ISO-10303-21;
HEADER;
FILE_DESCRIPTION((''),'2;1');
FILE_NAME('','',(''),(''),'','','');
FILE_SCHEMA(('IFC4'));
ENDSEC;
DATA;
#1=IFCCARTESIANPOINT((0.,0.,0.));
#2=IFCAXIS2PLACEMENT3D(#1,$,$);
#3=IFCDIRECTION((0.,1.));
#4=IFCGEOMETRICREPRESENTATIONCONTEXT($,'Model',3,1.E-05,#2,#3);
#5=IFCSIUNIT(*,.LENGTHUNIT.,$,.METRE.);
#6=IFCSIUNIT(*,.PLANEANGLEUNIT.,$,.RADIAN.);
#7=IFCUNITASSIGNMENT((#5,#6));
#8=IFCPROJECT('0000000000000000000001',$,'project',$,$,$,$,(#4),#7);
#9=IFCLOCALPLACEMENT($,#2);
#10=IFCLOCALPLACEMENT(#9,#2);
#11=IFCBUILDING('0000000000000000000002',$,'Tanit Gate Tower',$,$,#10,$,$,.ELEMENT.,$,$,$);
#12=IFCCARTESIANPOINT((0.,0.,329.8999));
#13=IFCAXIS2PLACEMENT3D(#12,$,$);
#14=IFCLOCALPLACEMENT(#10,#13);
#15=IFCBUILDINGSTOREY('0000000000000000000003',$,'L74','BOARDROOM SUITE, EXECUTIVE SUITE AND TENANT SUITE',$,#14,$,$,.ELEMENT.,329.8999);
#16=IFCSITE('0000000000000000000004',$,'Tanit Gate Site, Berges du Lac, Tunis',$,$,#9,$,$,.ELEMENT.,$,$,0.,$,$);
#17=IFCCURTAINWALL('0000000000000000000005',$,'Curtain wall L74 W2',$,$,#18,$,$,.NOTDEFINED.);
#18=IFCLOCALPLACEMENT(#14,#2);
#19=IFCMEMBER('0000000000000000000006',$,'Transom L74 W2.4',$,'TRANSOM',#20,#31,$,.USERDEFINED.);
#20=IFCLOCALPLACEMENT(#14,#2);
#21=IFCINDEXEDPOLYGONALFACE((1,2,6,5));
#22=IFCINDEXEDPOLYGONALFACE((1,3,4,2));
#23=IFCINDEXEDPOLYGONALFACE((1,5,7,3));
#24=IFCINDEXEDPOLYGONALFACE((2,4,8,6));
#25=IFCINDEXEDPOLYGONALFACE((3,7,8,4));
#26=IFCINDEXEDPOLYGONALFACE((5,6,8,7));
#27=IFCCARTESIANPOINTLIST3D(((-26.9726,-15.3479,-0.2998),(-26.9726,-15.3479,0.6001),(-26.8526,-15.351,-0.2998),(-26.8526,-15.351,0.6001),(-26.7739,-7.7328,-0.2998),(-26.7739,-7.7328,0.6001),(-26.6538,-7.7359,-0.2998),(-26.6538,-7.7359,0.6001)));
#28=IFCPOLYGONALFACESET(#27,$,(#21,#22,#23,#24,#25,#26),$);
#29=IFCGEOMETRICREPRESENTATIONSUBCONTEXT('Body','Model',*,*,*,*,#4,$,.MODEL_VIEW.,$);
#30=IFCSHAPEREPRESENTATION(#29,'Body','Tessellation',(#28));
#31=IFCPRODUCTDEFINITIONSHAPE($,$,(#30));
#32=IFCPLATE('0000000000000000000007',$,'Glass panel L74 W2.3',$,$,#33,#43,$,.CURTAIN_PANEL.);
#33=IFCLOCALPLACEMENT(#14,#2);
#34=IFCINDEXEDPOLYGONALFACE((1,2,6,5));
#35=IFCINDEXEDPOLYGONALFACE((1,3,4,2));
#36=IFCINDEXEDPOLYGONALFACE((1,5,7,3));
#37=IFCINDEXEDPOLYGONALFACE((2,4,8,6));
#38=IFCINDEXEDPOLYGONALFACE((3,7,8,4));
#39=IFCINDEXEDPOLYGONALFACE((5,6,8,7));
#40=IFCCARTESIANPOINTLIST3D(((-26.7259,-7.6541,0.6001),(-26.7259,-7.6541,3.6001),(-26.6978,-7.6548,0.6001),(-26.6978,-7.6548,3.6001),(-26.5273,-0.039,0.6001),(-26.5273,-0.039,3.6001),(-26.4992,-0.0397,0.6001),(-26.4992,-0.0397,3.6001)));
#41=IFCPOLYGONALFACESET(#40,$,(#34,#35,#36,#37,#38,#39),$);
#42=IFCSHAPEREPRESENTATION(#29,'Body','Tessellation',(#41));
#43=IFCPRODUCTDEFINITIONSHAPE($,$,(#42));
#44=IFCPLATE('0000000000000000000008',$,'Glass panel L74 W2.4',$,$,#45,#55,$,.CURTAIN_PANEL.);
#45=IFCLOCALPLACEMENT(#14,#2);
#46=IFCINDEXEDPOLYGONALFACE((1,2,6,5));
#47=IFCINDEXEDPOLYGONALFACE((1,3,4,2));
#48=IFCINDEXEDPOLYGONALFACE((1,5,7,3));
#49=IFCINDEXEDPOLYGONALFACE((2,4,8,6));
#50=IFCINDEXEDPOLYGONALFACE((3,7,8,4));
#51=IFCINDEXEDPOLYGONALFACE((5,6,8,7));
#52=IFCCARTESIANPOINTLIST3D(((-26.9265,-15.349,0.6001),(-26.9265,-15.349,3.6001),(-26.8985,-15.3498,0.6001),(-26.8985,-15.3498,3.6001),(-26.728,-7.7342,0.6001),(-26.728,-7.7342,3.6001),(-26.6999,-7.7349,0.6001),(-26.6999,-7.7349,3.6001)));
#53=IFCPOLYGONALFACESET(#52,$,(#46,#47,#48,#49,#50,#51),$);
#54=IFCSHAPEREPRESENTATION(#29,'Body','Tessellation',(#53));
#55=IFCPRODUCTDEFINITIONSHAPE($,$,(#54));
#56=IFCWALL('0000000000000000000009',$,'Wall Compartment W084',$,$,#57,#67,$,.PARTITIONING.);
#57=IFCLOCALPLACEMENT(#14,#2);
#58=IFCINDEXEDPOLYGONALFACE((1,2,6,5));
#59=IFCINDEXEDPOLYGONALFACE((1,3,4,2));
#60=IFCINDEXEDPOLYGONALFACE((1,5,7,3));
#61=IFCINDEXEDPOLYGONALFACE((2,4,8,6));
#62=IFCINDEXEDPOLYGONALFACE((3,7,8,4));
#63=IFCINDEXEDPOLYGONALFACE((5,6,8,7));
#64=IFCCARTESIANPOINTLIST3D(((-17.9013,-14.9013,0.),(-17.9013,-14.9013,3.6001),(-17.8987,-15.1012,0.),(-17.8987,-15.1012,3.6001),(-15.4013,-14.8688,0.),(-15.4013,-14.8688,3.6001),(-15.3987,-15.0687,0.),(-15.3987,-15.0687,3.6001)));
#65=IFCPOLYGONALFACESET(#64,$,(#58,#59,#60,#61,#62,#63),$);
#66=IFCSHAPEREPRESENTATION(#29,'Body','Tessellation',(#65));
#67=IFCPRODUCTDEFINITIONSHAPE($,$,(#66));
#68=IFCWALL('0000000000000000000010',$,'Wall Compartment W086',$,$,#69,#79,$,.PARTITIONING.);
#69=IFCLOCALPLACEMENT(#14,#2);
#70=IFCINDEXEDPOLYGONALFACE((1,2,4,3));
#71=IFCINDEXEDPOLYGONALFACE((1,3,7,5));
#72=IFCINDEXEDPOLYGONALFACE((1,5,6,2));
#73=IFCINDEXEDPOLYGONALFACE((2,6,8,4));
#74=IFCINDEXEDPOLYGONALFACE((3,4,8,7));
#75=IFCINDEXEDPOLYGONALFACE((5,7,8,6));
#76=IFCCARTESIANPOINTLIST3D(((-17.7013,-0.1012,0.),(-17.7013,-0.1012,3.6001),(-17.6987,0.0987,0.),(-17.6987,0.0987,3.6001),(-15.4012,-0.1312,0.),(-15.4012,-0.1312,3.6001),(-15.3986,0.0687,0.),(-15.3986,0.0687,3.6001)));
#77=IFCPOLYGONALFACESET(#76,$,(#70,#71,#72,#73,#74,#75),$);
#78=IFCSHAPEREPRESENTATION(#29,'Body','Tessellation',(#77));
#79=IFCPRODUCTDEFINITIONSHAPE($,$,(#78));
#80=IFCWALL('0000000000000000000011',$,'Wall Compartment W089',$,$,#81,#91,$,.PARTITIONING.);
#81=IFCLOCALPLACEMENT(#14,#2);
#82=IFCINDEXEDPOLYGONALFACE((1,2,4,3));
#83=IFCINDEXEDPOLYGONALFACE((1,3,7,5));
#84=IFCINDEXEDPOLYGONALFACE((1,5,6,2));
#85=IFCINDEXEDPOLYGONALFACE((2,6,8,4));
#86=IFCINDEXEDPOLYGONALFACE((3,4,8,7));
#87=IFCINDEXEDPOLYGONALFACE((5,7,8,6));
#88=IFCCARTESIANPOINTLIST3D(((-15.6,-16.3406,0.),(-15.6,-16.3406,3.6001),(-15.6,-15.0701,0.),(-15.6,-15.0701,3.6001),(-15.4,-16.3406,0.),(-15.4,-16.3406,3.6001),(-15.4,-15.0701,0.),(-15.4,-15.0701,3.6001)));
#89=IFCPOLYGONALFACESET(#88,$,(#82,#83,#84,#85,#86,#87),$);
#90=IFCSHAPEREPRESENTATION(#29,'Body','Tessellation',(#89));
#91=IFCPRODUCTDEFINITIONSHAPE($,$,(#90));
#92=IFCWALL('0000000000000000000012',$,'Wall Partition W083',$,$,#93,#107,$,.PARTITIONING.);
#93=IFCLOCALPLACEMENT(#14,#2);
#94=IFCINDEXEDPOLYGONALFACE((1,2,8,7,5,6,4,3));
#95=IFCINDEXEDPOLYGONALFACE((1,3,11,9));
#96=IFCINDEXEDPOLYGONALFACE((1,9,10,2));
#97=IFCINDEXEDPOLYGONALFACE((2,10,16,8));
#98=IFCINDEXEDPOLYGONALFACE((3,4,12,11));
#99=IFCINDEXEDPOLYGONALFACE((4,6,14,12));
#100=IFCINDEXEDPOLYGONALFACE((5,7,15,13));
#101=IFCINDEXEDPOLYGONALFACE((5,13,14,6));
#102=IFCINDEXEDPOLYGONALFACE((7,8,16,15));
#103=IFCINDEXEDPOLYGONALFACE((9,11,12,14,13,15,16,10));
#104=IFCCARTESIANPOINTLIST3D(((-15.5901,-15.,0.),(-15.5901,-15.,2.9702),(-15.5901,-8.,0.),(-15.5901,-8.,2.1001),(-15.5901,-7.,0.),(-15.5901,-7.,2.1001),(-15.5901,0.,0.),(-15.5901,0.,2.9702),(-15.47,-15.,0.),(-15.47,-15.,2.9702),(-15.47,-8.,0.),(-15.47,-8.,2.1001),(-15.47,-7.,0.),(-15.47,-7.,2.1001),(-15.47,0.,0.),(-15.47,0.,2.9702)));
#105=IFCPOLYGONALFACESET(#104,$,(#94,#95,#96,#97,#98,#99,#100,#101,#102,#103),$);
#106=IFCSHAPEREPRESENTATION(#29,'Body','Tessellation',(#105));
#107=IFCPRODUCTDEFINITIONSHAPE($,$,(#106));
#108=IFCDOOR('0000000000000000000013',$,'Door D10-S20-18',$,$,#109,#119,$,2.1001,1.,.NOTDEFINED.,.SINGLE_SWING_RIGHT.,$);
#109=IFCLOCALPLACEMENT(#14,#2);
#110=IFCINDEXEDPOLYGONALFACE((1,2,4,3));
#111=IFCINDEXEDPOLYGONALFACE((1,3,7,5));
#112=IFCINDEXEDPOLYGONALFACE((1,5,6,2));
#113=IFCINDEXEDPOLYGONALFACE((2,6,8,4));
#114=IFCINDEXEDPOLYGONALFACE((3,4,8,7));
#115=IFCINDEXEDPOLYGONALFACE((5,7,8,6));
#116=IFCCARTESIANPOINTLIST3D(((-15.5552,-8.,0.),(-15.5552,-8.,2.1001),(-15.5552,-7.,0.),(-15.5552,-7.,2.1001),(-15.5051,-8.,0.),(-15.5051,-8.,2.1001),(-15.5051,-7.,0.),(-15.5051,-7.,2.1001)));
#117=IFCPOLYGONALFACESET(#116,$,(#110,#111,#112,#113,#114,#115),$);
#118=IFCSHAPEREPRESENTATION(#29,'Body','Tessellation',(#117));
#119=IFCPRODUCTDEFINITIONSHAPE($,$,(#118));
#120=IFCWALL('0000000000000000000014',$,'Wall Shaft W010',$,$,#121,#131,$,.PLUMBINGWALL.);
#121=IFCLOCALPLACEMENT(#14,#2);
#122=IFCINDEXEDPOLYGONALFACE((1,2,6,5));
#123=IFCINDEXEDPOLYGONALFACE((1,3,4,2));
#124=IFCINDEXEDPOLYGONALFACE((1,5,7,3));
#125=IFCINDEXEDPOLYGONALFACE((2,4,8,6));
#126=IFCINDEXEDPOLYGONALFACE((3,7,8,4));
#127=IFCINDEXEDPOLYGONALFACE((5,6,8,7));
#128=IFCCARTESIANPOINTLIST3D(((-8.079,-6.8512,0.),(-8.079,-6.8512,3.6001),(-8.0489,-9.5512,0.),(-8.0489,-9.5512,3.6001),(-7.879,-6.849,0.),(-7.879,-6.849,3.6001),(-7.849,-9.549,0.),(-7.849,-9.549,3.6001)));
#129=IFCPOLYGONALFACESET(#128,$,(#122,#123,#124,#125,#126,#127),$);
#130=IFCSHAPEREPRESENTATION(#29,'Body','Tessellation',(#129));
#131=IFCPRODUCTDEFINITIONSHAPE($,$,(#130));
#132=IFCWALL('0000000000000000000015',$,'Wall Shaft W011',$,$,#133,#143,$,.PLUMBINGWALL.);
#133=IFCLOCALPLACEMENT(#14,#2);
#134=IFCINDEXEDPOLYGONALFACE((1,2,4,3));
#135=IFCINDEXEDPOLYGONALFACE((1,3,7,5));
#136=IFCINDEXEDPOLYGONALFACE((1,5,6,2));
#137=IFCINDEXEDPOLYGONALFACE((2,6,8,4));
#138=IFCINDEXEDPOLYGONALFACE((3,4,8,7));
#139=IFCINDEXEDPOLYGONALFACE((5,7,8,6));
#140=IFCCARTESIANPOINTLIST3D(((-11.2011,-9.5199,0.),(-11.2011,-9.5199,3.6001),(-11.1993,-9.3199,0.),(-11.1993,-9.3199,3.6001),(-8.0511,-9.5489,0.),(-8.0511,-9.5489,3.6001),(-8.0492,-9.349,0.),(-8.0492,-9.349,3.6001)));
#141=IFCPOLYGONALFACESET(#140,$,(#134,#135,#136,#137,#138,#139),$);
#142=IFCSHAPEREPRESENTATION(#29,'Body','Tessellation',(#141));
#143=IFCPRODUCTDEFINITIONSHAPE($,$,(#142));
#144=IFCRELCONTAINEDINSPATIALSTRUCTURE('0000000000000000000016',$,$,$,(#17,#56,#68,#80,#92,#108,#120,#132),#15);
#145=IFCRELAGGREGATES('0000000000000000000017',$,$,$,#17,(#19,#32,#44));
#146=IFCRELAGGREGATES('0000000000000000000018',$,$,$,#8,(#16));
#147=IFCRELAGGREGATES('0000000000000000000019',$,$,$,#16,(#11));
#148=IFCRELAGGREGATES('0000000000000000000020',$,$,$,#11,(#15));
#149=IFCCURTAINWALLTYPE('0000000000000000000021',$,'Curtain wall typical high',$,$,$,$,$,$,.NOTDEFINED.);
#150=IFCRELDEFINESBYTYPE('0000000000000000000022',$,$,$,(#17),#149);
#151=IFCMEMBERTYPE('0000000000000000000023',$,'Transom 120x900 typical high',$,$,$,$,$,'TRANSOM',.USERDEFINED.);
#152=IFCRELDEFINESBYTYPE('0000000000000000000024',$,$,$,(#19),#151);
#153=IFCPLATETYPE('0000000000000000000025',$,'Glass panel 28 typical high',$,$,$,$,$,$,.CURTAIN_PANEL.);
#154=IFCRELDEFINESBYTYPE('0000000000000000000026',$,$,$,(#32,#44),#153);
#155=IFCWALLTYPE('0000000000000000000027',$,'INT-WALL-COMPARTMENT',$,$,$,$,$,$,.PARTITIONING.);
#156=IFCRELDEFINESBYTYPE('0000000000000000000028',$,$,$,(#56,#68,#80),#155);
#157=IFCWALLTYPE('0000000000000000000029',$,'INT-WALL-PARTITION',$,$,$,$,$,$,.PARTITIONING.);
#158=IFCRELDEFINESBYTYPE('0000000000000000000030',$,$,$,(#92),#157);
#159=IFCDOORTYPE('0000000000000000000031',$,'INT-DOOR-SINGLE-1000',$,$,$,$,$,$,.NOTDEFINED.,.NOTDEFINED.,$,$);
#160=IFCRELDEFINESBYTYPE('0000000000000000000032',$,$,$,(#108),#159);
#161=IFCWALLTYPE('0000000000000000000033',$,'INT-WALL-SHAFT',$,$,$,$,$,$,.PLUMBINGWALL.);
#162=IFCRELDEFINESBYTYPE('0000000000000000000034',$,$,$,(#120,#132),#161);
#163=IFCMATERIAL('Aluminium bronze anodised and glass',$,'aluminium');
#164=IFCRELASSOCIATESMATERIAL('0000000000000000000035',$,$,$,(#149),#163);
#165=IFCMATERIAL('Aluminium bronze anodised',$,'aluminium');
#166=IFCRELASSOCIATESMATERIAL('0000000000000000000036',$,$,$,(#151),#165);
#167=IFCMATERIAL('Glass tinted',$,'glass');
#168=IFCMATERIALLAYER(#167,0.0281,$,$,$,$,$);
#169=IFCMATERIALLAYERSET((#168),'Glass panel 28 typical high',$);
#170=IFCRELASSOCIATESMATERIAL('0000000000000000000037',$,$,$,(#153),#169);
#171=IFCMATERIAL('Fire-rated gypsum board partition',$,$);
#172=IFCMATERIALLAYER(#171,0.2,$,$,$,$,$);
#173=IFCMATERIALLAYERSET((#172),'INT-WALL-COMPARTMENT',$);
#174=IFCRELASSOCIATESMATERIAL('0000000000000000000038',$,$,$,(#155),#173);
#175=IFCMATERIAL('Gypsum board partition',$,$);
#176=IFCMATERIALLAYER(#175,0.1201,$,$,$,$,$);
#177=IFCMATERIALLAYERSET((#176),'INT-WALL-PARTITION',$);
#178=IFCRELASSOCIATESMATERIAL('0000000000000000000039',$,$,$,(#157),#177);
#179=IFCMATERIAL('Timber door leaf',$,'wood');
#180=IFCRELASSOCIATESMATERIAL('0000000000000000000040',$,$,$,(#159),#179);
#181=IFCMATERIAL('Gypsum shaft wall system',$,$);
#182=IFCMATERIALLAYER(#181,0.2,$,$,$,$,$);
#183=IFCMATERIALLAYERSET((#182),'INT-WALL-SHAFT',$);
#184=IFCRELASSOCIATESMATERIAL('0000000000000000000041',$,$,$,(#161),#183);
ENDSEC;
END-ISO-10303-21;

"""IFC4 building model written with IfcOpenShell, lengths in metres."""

from ifc_helpers import new_model, si_unit, direction, frame, frame_2d, origin, origin_2d, place, context, subcontext, project, spatial, rectangle, extrude, material, layer, layer_set, material_profile, profile_set, type_object, element, fill, aggregate, save


model = new_model("IFC4")

# Units and contexts
model_context = context("Model", 3, precision=1e-05, world=origin(), true_north=direction((0.0, 1.0)))
body_context = subcontext(model_context, "Body", "Model", "MODEL_VIEW")
ifc_project = project(units=[si_unit("LENGTHUNIT", "METRE"), si_unit("PLANEANGLEUNIT", "RADIAN")], contexts=[model_context])

# Site, building, storey
site_placement = place(None, origin())
site = spatial("IfcSite", under=ifc_project, at=site_placement, Name="Tanit Gate Site, Berges du Lac, Tunis", CompositionType="ELEMENT", RefElevation=0.0)
building_placement = place(site_placement, origin())
building = spatial("IfcBuilding", under=site, at=building_placement, Name="Tanit Gate Tower", CompositionType="ELEMENT")
storey_placement = place(building_placement, frame((0.0, 0.0, 329.8999)))
storey = spatial("IfcBuildingStorey", under=building, at=storey_placement, Name="L74", Description="BOARDROOM SUITE, EXECUTIVE SUITE AND TENANT SUITE", CompositionType="ELEMENT", Elevation=329.8999)

# Curtain wall
ifc_material_1 = material(Name="Aluminium bronze anodised and glass", Category="aluminium")
curtain_wall_type = type_object("IfcCurtainWallType", Name="Curtain wall typical high", PredefinedType="NOTDEFINED", material=ifc_material_1)
curtain_wall_placement = place(storey_placement, origin())
curtain_wall = element("IfcCurtainWall", 1, at=curtain_wall_placement, inside=storey, type_object=curtain_wall_type, Name="Curtain wall L74 W2", PredefinedType="NOTDEFINED")

# Member
ifc_material_2 = material(Name="Aluminium bronze anodised", Category="aluminium")
ifc_material_profile_1 = material_profile(ifc_material_2, rectangle(XDim=0.1201, YDim=0.8999, at=origin_2d()), Name="120x900 bronze transom")
ifc_profile_set_1 = profile_set([ifc_material_profile_1], Name="Aluminium bronze anodised")
member_type_1 = type_object("IfcMemberType", Name="Transom 120x900 typical high", ElementType="TRANSOM", PredefinedType="USERDEFINED", material=ifc_profile_set_1)
member_1_placement = place(storey_placement, frame((-26.7139, -7.7344, 0.1501), z_axis=(-0.026088, -0.99966, 0.0), x_axis=(0.99966, -0.026088, 0.0)))
member_1 = element("IfcMember", 2, at=member_1_placement, type_object=member_type_1, Name="Transom L74 W2.4", ObjectType="TRANSOM", PredefinedType="USERDEFINED", context=body_context, shape_type="SweptSolid", body=[
    extrude(rectangle(XDim=0.1201, YDim=0.8999, at=origin_2d()), origin(), (0.0, 0.0, 1.0), 7.6177),
])

# Plates
ifc_material_3 = material(Name="Glass tinted", Category="glass")
ifc_layer_1 = layer(ifc_material_3, 0.0281)
ifc_layer_set_1 = layer_set([ifc_layer_1], Name="Glass panel 28 typical high")
plate_type = type_object("IfcPlateType", Name="Glass panel 28 typical high", PredefinedType="CURTAIN_PANEL", material=ifc_layer_set_1)
plate_1_placement = place(storey_placement, frame((-26.6125, -3.8469, 0.6001), z_axis=(0.0, 0.0, 1.0), x_axis=(-0.026063, -0.99966, 0.0)))
plate_1 = element("IfcPlate", 3, at=plate_1_placement, type_object=plate_type, Name="Glass panel L74 W2.3", PredefinedType="CURTAIN_PANEL", context=body_context, shape_type="SweptSolid", body=[
    extrude(rectangle(XDim=7.6177, YDim=0.0281, at=origin_2d()), origin(), (0.0, 0.0, 1.0), 3.0),
])
plate_2_placement = place(storey_placement, frame((-26.8132, -11.542, 0.6001), z_axis=(0.0, 0.0, 1.0), x_axis=(-0.026063, -0.99966, 0.0)))
plate_2 = element("IfcPlate", 4, at=plate_2_placement, type_object=plate_type, Name="Glass panel L74 W2.4", PredefinedType="CURTAIN_PANEL", context=body_context, shape_type="SweptSolid", body=[
    extrude(rectangle(XDim=7.6174, YDim=0.0281, at=origin_2d()), origin(), (0.0, 0.0, 1.0), 3.0),
])
aggregate(curtain_wall, [member_1, plate_1, plate_2])

# Walls
ifc_material_4 = material(Name="Fire-rated gypsum board partition")
ifc_layer_2 = layer(ifc_material_4, 0.2)
ifc_layer_set_2 = layer_set([ifc_layer_2], Name="INT-WALL-COMPARTMENT")
wall_type_1 = type_object("IfcWallType", Name="INT-WALL-COMPARTMENT", PredefinedType="PARTITIONING", material=ifc_layer_set_2)
wall_1_placement = place(storey_placement, frame((-17.8999, -15.0012, 0.0), z_axis=(0.0, 0.0, 1.0), x_axis=(0.999916, 0.012987, 0.0)))
element("IfcWall", 5, at=wall_1_placement, inside=storey, type_object=wall_type_1, Name="Wall Compartment W084", PredefinedType="PARTITIONING", context=body_context, shape_type="SweptSolid", body=[
    extrude(rectangle(XDim=2.5002, YDim=0.2, at=frame_2d((1.25, 0.0))), origin(), (0.0, 0.0, 1.0), 3.6001),
])
wall_2_placement = place(storey_placement, frame((-15.3999, -0.0312, 0.0), z_axis=(0.0, 0.0, 1.0), x_axis=(-0.999915, 0.013055, 0.0)))
element("IfcWall", 6, at=wall_2_placement, inside=storey, type_object=wall_type_1, Name="Wall Compartment W086", PredefinedType="PARTITIONING", context=body_context, shape_type="SweptSolid", body=[
    extrude(rectangle(XDim=2.3003, YDim=0.2, at=frame_2d((1.1501, 0.0))), origin(), (0.0, 0.0, 1.0), 3.6001),
])
wall_3_placement = place(storey_placement, frame((-15.5, -15.0701, 0.0), z_axis=(0.0, 0.0, 1.0), x_axis=(0.0, -1.0, 0.0)))
element("IfcWall", 7, at=wall_3_placement, inside=storey, type_object=wall_type_1, Name="Wall Compartment W089", PredefinedType="PARTITIONING", context=body_context, shape_type="SweptSolid", body=[
    extrude(rectangle(XDim=1.2705, YDim=0.2, at=frame_2d((0.6353, 0.0))), origin(), (0.0, 0.0, 1.0), 3.6001),
])

# Wall, opening, door
ifc_material_5 = material(Name="Gypsum board partition")
ifc_layer_3 = layer(ifc_material_5, 0.1201)
ifc_layer_set_3 = layer_set([ifc_layer_3], Name="INT-WALL-PARTITION")
wall_type_2 = type_object("IfcWallType", Name="INT-WALL-PARTITION", PredefinedType="PARTITIONING", material=ifc_layer_set_3)
wall_4_placement = place(storey_placement, frame((-15.53, 0.0, 0.0), z_axis=(0.0, 0.0, 1.0), x_axis=(0.0, -1.0, 0.0)))
wall_4 = element("IfcWall", 8, at=wall_4_placement, inside=storey, type_object=wall_type_2, Name="Wall Partition W083", PredefinedType="PARTITIONING", context=body_context, shape_type="SweptSolid", body=[
    extrude(rectangle(XDim=15.0, YDim=0.1201, at=frame_2d((7.5, 0.0))), origin(), (0.0, 0.0, 1.0), 2.9702),
])
opening_placement = place(wall_4_placement, frame((7.0, 0.0, 0.0)))
opening = element("IfcOpeningElement", 9, at=opening_placement, cuts=wall_4, PredefinedType="OPENING", context=body_context, shape_type="SweptSolid", body=[
    extrude(rectangle(XDim=1.0, YDim=2.1001, at=frame_2d((0.5, 1.05))), frame((0.0, 0.0701, 0.0), z_axis=(0.0, -1.0, 0.0), x_axis=(1.0, 0.0, 0.0)), (0.0, 0.0, 1.0), 0.1401),
])
ifc_material_6 = material(Name="Timber door leaf", Category="wood")
door_type = type_object("IfcDoorType", Name="INT-DOOR-SINGLE-1000", OperationType="NOTDEFINED", PredefinedType="NOTDEFINED", material=ifc_material_6)
door_placement = place(opening_placement, origin())
door = element("IfcDoor", 10, at=door_placement, inside=storey, type_object=door_type, Name="Door D10-S20-18", OperationType="SINGLE_SWING_RIGHT", OverallHeight=2.1001, OverallWidth=1.0, PredefinedType="NOTDEFINED", context=body_context, shape_type="SweptSolid", body=[
    extrude(rectangle(XDim=1.0, YDim=2.1001, at=frame_2d((0.5, 1.05))), frame((0.0, 0.0249, 0.0), z_axis=(0.0, -1.0, 0.0), x_axis=(1.0, 0.0, 0.0)), (0.0, 0.0, 1.0), 0.05),
])
fill(opening, door)

# Walls
ifc_material_7 = material(Name="Gypsum shaft wall system")
ifc_layer_4 = layer(ifc_material_7, 0.2)
ifc_layer_set_4 = layer_set([ifc_layer_4], Name="INT-WALL-SHAFT")
wall_type_3 = type_object("IfcWallType", Name="INT-WALL-SHAFT", PredefinedType="PLUMBINGWALL", material=ifc_layer_set_4)
wall_5_placement = place(storey_placement, frame((-7.979, -6.8501, 0.0), z_axis=(0.0, 0.0, 1.0), x_axis=(0.011121, -0.999938, 0.0)))
element("IfcWall", 11, at=wall_5_placement, inside=storey, type_object=wall_type_3, Name="Wall Shaft W010", PredefinedType="PLUMBINGWALL", context=body_context, shape_type="SweptSolid", body=[
    extrude(rectangle(XDim=2.7002, YDim=0.2, at=frame_2d((1.3501, 0.0))), origin(), (0.0, 0.0, 1.0), 3.6001),
])
wall_6_placement = place(storey_placement, frame((-8.05, -9.449, 0.0), z_axis=(0.0, 0.0, 1.0), x_axis=(-0.999957, 0.009223, 0.0)))
element("IfcWall", 12, at=wall_6_placement, inside=storey, type_object=wall_type_3, Name="Wall Shaft W011", PredefinedType="PLUMBINGWALL", context=body_context, shape_type="SweptSolid", body=[
    extrude(rectangle(XDim=3.1501, YDim=0.2, at=frame_2d((1.5752, 0.0))), origin(), (0.0, 0.0, 1.0), 3.6001),
])

save(model, "model.ifc")
